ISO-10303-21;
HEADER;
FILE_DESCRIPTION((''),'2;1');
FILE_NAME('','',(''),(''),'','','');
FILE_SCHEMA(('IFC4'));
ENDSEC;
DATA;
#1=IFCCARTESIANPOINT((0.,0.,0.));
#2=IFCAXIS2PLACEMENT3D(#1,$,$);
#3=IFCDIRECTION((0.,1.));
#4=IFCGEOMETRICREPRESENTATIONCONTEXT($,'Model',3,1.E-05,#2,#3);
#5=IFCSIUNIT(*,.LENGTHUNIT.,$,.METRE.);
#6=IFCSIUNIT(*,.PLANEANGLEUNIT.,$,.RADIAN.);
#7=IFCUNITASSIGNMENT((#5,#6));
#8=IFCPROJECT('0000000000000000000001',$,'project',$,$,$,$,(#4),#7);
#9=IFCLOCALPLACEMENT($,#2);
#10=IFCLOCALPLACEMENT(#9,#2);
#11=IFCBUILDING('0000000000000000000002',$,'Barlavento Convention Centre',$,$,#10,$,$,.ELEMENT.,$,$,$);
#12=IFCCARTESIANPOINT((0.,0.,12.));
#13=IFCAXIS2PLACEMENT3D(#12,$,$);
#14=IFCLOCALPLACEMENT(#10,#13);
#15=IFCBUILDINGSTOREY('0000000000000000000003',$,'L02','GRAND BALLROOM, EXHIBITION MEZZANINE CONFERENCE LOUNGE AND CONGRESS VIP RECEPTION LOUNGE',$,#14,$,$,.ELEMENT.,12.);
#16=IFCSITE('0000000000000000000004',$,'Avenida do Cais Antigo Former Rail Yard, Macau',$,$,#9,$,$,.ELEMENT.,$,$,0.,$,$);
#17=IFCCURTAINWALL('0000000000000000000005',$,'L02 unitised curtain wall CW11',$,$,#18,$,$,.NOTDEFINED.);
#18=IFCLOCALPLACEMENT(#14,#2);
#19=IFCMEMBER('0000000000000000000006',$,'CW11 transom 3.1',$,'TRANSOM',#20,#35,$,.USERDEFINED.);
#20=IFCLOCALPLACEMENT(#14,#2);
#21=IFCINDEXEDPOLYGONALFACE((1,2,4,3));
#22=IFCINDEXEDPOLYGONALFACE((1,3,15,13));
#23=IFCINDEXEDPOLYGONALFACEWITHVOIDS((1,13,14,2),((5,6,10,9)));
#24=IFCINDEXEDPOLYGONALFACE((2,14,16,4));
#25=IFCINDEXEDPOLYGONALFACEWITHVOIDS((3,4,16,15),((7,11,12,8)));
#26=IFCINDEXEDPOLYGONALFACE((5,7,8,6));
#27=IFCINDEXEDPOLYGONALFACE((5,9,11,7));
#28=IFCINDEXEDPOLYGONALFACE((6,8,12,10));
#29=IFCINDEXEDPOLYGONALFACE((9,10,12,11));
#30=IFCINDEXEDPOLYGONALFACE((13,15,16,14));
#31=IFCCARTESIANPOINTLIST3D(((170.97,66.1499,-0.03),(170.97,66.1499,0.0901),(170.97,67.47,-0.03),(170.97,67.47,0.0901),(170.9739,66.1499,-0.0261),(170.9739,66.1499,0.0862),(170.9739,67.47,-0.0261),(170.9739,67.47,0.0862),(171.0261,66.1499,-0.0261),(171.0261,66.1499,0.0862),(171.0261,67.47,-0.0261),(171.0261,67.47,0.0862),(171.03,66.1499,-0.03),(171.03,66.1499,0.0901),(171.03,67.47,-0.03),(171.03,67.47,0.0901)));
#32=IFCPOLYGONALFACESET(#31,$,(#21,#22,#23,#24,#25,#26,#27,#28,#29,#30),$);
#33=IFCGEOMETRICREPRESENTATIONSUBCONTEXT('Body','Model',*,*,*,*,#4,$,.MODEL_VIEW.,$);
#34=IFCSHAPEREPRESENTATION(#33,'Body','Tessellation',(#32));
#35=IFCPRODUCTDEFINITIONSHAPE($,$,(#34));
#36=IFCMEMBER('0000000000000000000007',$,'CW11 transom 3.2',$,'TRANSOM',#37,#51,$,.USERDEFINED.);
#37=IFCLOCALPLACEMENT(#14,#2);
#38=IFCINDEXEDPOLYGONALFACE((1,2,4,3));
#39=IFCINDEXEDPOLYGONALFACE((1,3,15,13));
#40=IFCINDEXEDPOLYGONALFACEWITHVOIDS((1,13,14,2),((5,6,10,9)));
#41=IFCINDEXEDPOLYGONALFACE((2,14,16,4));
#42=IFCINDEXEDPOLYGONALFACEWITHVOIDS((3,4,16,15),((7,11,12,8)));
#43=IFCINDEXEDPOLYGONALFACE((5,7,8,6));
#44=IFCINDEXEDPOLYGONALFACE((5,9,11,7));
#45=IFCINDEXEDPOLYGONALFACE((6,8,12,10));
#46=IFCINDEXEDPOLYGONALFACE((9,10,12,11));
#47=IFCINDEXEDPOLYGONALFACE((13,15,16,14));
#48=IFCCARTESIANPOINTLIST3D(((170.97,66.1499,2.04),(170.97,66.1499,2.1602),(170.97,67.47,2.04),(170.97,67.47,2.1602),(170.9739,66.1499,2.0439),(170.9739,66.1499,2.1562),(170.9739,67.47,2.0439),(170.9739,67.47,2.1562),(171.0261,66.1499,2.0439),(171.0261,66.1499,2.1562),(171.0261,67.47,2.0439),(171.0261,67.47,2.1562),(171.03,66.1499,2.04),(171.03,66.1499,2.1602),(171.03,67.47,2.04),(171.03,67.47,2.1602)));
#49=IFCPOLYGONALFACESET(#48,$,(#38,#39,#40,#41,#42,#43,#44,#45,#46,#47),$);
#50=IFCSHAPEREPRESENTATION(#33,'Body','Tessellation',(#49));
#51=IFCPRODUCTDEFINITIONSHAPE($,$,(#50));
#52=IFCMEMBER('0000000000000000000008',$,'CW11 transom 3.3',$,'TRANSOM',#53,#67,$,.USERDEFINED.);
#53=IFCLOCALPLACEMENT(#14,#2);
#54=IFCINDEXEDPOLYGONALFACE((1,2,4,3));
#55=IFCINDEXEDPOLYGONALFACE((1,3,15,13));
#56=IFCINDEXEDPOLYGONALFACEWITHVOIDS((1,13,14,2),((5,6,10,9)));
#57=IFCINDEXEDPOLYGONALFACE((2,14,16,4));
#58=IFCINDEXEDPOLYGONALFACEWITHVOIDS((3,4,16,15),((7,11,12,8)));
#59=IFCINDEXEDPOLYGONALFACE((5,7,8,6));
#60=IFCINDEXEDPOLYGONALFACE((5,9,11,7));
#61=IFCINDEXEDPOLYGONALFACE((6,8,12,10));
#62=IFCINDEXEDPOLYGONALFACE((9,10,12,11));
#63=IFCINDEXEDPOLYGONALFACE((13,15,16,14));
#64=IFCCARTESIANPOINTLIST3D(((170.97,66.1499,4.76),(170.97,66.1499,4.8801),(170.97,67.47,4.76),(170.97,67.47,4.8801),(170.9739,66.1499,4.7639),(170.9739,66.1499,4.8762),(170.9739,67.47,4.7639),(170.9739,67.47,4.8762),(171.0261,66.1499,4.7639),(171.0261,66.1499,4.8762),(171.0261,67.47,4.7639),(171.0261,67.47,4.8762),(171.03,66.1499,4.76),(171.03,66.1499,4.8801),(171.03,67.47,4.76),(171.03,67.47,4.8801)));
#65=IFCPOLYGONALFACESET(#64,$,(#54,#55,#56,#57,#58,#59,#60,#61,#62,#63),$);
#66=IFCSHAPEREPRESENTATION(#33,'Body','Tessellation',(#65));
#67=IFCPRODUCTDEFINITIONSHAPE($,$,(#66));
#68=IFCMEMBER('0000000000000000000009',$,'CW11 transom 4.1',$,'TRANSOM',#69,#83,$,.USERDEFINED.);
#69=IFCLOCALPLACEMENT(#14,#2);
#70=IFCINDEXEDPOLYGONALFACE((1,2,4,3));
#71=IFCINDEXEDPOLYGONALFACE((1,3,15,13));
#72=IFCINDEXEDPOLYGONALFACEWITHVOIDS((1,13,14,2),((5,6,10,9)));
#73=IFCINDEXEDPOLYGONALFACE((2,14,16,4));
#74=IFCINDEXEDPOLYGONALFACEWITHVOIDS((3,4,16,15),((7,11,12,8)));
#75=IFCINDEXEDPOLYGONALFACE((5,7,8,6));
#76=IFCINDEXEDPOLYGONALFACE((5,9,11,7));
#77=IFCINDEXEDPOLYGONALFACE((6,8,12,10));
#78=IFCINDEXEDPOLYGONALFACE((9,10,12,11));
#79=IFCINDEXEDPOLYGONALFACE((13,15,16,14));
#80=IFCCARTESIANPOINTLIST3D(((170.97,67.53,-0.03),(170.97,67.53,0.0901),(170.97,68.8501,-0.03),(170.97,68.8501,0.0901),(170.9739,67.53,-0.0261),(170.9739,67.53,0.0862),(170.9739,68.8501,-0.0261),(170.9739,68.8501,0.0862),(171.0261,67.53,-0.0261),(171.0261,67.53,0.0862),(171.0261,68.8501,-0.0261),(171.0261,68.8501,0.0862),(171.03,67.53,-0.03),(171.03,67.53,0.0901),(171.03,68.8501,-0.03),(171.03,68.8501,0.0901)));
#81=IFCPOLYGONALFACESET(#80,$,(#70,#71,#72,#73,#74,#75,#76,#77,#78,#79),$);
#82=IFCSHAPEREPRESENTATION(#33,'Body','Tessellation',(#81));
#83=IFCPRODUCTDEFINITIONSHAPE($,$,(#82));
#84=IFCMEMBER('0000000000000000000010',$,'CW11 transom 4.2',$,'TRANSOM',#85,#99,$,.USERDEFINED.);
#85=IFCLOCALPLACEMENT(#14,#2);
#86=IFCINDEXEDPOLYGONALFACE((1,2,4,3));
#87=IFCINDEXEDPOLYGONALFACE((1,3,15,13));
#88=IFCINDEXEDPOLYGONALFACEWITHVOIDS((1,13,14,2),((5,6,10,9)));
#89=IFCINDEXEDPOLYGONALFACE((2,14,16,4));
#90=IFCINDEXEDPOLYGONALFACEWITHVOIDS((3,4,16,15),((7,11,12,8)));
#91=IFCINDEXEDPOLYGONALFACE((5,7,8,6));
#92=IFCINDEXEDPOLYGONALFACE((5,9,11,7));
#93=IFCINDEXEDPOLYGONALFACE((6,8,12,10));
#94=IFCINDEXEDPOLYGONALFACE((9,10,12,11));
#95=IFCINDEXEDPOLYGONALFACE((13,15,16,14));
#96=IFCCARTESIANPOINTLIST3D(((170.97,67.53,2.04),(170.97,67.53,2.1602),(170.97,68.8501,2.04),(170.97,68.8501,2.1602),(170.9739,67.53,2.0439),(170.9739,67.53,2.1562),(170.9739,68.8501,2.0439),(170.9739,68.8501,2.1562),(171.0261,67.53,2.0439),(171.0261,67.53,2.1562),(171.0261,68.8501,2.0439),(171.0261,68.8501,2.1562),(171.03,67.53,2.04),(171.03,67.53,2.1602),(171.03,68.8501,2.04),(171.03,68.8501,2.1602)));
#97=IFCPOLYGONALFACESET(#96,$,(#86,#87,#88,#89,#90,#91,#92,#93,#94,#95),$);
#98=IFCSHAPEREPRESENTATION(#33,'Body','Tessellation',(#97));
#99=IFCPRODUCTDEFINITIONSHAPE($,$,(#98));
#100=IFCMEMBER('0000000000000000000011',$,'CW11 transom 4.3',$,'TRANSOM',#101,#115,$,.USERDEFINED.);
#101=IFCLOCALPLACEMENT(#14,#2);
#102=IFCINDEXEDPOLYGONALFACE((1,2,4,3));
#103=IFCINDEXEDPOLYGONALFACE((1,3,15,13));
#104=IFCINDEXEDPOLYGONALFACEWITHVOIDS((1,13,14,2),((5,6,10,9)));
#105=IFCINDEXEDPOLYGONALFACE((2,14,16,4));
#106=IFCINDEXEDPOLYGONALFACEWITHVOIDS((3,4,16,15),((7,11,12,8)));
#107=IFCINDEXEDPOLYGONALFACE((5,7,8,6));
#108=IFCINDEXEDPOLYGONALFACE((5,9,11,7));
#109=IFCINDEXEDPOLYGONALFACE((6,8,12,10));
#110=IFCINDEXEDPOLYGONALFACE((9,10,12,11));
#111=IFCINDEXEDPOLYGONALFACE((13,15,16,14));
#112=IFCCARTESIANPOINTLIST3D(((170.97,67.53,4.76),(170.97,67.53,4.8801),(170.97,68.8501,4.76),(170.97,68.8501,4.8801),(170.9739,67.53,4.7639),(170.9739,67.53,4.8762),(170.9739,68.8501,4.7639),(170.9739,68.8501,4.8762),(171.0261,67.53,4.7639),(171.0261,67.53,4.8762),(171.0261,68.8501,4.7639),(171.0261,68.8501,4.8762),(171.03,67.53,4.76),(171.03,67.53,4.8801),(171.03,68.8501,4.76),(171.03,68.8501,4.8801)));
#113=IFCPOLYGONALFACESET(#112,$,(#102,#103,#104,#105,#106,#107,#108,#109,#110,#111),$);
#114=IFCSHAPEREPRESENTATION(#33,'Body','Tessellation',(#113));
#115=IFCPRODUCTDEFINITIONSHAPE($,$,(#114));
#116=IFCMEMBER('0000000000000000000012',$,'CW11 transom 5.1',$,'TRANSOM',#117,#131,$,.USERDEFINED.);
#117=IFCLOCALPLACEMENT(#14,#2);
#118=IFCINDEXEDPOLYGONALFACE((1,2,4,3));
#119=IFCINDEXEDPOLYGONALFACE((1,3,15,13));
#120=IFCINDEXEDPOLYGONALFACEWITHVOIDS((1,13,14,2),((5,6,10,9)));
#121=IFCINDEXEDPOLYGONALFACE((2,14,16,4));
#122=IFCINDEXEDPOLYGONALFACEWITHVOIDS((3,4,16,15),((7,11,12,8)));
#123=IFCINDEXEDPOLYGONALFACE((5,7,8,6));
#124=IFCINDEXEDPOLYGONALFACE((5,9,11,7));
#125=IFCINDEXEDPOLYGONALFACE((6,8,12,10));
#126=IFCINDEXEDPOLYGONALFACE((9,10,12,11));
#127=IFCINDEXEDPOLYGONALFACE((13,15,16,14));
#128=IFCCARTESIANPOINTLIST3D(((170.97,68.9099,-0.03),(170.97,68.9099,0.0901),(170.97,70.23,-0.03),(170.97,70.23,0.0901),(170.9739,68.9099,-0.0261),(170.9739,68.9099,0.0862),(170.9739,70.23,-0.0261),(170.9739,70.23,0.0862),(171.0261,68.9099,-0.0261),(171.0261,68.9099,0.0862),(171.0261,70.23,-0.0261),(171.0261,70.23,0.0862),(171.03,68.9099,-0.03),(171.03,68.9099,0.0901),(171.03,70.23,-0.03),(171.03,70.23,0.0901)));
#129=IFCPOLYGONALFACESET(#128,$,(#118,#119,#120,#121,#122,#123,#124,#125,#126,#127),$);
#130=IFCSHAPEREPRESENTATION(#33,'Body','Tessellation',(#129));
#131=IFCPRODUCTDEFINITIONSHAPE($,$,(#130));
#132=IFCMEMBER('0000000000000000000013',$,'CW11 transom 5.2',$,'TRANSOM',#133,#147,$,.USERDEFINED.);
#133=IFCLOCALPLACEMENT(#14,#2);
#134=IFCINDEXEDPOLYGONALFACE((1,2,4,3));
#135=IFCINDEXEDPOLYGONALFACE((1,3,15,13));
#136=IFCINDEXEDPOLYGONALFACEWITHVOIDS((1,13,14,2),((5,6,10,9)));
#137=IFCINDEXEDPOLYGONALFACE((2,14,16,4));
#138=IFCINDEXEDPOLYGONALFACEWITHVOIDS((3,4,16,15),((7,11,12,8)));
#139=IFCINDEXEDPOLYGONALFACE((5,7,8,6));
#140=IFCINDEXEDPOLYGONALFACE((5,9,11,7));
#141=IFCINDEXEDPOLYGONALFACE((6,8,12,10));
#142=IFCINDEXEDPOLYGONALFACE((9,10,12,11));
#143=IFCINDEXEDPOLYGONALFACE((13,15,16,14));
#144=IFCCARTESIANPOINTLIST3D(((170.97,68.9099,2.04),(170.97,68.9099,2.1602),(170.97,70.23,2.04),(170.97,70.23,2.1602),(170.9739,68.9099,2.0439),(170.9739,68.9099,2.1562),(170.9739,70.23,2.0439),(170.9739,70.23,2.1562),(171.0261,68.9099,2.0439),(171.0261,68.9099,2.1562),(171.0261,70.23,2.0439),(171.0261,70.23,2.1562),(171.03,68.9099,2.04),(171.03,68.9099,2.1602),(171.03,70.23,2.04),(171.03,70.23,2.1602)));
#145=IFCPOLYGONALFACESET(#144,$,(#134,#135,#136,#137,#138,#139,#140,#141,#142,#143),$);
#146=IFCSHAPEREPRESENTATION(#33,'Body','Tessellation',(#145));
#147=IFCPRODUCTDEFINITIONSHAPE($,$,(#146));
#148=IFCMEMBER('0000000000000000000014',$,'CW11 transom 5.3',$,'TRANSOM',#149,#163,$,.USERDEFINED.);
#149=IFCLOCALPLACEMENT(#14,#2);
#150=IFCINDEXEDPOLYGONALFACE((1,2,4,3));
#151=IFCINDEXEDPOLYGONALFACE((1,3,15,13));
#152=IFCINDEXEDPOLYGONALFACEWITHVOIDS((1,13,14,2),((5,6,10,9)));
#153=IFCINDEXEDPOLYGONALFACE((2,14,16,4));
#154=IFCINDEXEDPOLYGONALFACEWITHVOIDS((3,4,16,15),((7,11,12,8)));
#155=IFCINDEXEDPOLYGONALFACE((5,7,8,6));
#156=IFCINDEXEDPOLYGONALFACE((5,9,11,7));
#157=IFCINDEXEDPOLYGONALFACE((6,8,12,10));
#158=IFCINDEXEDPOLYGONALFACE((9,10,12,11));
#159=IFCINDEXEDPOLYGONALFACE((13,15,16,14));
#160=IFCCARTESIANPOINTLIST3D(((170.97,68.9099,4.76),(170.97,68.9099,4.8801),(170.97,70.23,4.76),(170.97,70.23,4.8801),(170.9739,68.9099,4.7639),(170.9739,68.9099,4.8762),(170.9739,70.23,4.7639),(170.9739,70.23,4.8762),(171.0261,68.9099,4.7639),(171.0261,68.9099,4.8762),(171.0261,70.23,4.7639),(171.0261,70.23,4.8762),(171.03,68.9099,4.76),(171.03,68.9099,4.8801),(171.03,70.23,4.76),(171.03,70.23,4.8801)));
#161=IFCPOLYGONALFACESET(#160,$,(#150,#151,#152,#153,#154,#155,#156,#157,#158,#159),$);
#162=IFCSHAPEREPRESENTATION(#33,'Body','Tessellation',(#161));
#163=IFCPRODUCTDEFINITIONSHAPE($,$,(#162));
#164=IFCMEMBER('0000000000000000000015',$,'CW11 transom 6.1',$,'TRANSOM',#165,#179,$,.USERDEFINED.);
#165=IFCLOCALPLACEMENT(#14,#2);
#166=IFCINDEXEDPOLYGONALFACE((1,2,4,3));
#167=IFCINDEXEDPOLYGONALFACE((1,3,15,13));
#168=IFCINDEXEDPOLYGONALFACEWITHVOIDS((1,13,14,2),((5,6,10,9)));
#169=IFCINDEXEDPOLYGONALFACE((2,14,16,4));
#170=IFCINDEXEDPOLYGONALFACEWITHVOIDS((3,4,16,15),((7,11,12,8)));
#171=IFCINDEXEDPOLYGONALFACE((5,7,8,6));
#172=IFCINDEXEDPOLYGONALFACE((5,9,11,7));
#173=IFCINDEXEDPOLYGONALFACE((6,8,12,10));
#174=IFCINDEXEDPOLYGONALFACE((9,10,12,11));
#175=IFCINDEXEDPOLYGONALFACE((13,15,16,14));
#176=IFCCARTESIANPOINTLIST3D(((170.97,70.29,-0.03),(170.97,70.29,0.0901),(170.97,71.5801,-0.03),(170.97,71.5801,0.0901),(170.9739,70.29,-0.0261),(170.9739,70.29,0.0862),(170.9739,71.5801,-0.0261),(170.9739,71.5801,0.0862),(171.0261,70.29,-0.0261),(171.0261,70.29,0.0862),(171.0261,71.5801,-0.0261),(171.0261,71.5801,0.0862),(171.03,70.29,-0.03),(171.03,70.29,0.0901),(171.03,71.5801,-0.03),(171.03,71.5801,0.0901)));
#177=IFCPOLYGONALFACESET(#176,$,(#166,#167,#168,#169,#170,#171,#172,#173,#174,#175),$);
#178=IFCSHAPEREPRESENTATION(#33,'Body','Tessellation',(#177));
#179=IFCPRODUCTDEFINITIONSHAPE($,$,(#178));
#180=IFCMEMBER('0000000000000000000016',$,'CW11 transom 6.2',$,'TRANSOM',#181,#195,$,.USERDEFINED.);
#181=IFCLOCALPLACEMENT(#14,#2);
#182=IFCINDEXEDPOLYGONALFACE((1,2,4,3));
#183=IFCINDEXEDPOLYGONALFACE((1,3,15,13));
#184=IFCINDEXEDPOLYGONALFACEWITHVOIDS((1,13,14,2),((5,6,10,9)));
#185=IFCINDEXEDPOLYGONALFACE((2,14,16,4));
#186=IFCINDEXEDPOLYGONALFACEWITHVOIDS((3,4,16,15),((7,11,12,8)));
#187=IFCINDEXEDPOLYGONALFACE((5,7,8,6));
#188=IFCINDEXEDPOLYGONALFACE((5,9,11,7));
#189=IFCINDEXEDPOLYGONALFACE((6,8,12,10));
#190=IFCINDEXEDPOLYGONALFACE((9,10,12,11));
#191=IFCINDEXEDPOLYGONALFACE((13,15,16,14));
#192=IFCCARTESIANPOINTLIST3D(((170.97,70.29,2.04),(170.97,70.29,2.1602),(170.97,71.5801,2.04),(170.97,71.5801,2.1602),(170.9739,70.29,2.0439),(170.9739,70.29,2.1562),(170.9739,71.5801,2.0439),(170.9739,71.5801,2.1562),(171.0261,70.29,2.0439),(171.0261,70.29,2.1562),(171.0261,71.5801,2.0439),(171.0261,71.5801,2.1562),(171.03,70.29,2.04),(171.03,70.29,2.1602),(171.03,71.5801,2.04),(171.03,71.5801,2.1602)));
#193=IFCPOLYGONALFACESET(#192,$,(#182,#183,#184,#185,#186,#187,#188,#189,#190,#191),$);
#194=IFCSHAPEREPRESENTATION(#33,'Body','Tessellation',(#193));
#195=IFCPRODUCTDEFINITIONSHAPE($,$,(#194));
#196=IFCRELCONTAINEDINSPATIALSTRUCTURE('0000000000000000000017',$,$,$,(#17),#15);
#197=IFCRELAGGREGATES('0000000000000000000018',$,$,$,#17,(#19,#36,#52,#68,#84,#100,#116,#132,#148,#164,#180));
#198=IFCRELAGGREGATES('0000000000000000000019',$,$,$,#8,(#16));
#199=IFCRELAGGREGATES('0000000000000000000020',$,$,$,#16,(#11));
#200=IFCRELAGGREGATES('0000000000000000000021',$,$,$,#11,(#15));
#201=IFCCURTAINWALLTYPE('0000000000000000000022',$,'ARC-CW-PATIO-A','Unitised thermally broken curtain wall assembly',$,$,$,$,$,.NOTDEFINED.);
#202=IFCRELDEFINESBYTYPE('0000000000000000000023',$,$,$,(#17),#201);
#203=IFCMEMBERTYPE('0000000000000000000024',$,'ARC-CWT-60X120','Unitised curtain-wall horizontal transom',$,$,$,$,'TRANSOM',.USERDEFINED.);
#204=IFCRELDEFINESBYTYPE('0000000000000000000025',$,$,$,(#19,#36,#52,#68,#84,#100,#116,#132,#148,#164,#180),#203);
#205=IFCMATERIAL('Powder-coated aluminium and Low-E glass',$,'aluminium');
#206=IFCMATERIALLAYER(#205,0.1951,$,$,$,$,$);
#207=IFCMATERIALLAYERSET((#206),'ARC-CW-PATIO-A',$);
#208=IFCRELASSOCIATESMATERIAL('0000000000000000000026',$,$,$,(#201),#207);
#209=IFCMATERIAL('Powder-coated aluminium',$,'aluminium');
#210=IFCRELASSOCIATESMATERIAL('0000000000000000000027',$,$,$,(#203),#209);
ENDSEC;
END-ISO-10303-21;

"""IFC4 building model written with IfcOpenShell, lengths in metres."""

from ifc_helpers import new_model, si_unit, direction, frame, origin, origin_2d, place, context, subcontext, project, spatial, hollow_rectangle, extrude, material, layer, layer_set, material_profile, profile_set, type_object, element, aggregate, save


model = new_model("IFC4")

# Units and contexts
model_context = context("Model", 3, precision=1e-05, world=origin(), true_north=direction((0.0, 1.0)))
body_context = subcontext(model_context, "Body", "Model", "MODEL_VIEW")
ifc_project = project(units=[si_unit("LENGTHUNIT", "METRE"), si_unit("PLANEANGLEUNIT", "RADIAN")], contexts=[model_context])

# Site, building, storey
site_placement = place(None, origin())
site = spatial("IfcSite", under=ifc_project, at=site_placement, Name="Avenida do Cais Antigo Former Rail Yard, Macau", CompositionType="ELEMENT", RefElevation=0.0)
building_placement = place(site_placement, origin())
building = spatial("IfcBuilding", under=site, at=building_placement, Name="Barlavento Convention Centre", CompositionType="ELEMENT")
storey_placement = place(building_placement, frame((0.0, 0.0, 12.0)))
storey = spatial("IfcBuildingStorey", under=building, at=storey_placement, Name="L02", Description="GRAND BALLROOM, EXHIBITION MEZZANINE CONFERENCE LOUNGE AND CONGRESS VIP RECEPTION LOUNGE", CompositionType="ELEMENT", Elevation=12.0)

# Curtain wall, members
ifc_material_1 = material(Name="Powder-coated aluminium and Low-E glass", Category="aluminium")
ifc_layer_1 = layer(ifc_material_1, 0.1951)
ifc_layer_set_1 = layer_set([ifc_layer_1], Name="ARC-CW-PATIO-A")
curtain_wall_type = type_object("IfcCurtainWallType", Name="ARC-CW-PATIO-A", Description="Unitised thermally broken curtain wall assembly", PredefinedType="NOTDEFINED", material=ifc_layer_set_1)
curtain_wall_placement = place(storey_placement, origin())
curtain_wall = element("IfcCurtainWall", 1, at=curtain_wall_placement, inside=storey, type_object=curtain_wall_type, Name="L02 unitised curtain wall CW11", PredefinedType="NOTDEFINED")
ifc_material_2 = material(Name="Powder-coated aluminium", Category="aluminium")
ifc_material_profile_1 = material_profile(ifc_material_2, hollow_rectangle(XDim=0.0601, YDim=0.1201, WallThickness=0.0039, at=origin_2d()), Name="AL-TRAN 60x120x4")
ifc_profile_set_1 = profile_set([ifc_material_profile_1], Name="Powder-coated aluminium")
member_type_1 = type_object("IfcMemberType", Name="ARC-CWT-60X120", Description="Unitised curtain-wall horizontal transom", ElementType="TRANSOM", PredefinedType="USERDEFINED", material=ifc_profile_set_1)
member_1_placement = place(storey_placement, frame((171.0, 66.1499, 0.03), z_axis=(0.0, 1.0, 0.0), x_axis=(-1.0, 0.0, 0.0)))
member_1 = element("IfcMember", 2, at=member_1_placement, type_object=member_type_1, Name="CW11 transom 3.1", ObjectType="TRANSOM", PredefinedType="USERDEFINED", context=body_context, shape_type="SweptSolid", body=[
    extrude(hollow_rectangle(XDim=0.0601, YDim=0.1201, WallThickness=0.0039, at=origin_2d()), origin(), (0.0, 0.0, 1.0), 1.3201),
])
member_2_placement = place(storey_placement, frame((171.0, 66.1499, 2.1001), z_axis=(0.0, 1.0, 0.0), x_axis=(-1.0, 0.0, 0.0)))
member_2 = element("IfcMember", 3, at=member_2_placement, type_object=member_type_1, Name="CW11 transom 3.2", ObjectType="TRANSOM", PredefinedType="USERDEFINED", context=body_context, shape_type="SweptSolid", body=[
    extrude(hollow_rectangle(XDim=0.0601, YDim=0.1201, WallThickness=0.0039, at=origin_2d()), origin(), (0.0, 0.0, 1.0), 1.3201),
])
member_3_placement = place(storey_placement, frame((171.0, 66.1499, 4.8201), z_axis=(0.0, 1.0, 0.0), x_axis=(-1.0, 0.0, 0.0)))
member_3 = element("IfcMember", 4, at=member_3_placement, type_object=member_type_1, Name="CW11 transom 3.3", ObjectType="TRANSOM", PredefinedType="USERDEFINED", context=body_context, shape_type="SweptSolid", body=[
    extrude(hollow_rectangle(XDim=0.0601, YDim=0.1201, WallThickness=0.0039, at=origin_2d()), origin(), (0.0, 0.0, 1.0), 1.3201),
])
member_4_placement = place(storey_placement, frame((171.0, 67.53, 0.03), z_axis=(0.0, 1.0, 0.0), x_axis=(-1.0, 0.0, 0.0)))
member_4 = element("IfcMember", 5, at=member_4_placement, type_object=member_type_1, Name="CW11 transom 4.1", ObjectType="TRANSOM", PredefinedType="USERDEFINED", context=body_context, shape_type="SweptSolid", body=[
    extrude(hollow_rectangle(XDim=0.0601, YDim=0.1201, WallThickness=0.0039, at=origin_2d()), origin(), (0.0, 0.0, 1.0), 1.3201),
])
member_5_placement = place(storey_placement, frame((171.0, 67.53, 2.1001), z_axis=(0.0, 1.0, 0.0), x_axis=(-1.0, 0.0, 0.0)))
member_5 = element("IfcMember", 6, at=member_5_placement, type_object=member_type_1, Name="CW11 transom 4.2", ObjectType="TRANSOM", PredefinedType="USERDEFINED", context=body_context, shape_type="SweptSolid", body=[
    extrude(hollow_rectangle(XDim=0.0601, YDim=0.1201, WallThickness=0.0039, at=origin_2d()), origin(), (0.0, 0.0, 1.0), 1.3201),
])
member_6_placement = place(storey_placement, frame((171.0, 67.53, 4.8201), z_axis=(0.0, 1.0, 0.0), x_axis=(-1.0, 0.0, 0.0)))
member_6 = element("IfcMember", 7, at=member_6_placement, type_object=member_type_1, Name="CW11 transom 4.3", ObjectType="TRANSOM", PredefinedType="USERDEFINED", context=body_context, shape_type="SweptSolid", body=[
    extrude(hollow_rectangle(XDim=0.0601, YDim=0.1201, WallThickness=0.0039, at=origin_2d()), origin(), (0.0, 0.0, 1.0), 1.3201),
])
member_7_placement = place(storey_placement, frame((171.0, 68.9099, 0.03), z_axis=(0.0, 1.0, 0.0), x_axis=(-1.0, 0.0, 0.0)))
member_7 = element("IfcMember", 8, at=member_7_placement, type_object=member_type_1, Name="CW11 transom 5.1", ObjectType="TRANSOM", PredefinedType="USERDEFINED", context=body_context, shape_type="SweptSolid", body=[
    extrude(hollow_rectangle(XDim=0.0601, YDim=0.1201, WallThickness=0.0039, at=origin_2d()), origin(), (0.0, 0.0, 1.0), 1.3201),
])
member_8_placement = place(storey_placement, frame((171.0, 68.9099, 2.1001), z_axis=(0.0, 1.0, 0.0), x_axis=(-1.0, 0.0, 0.0)))
member_8 = element("IfcMember", 9, at=member_8_placement, type_object=member_type_1, Name="CW11 transom 5.2", ObjectType="TRANSOM", PredefinedType="USERDEFINED", context=body_context, shape_type="SweptSolid", body=[
    extrude(hollow_rectangle(XDim=0.0601, YDim=0.1201, WallThickness=0.0039, at=origin_2d()), origin(), (0.0, 0.0, 1.0), 1.3201),
])
member_9_placement = place(storey_placement, frame((171.0, 68.9099, 4.8201), z_axis=(0.0, 1.0, 0.0), x_axis=(-1.0, 0.0, 0.0)))
member_9 = element("IfcMember", 10, at=member_9_placement, type_object=member_type_1, Name="CW11 transom 5.3", ObjectType="TRANSOM", PredefinedType="USERDEFINED", context=body_context, shape_type="SweptSolid", body=[
    extrude(hollow_rectangle(XDim=0.0601, YDim=0.1201, WallThickness=0.0039, at=origin_2d()), origin(), (0.0, 0.0, 1.0), 1.3201),
])
member_10_placement = place(storey_placement, frame((171.0, 70.29, 0.03), z_axis=(0.0, 1.0, 0.0), x_axis=(-1.0, 0.0, 0.0)))
member_10 = element("IfcMember", 11, at=member_10_placement, type_object=member_type_1, Name="CW11 transom 6.1", ObjectType="TRANSOM", PredefinedType="USERDEFINED", context=body_context, shape_type="SweptSolid", body=[
    extrude(hollow_rectangle(XDim=0.0601, YDim=0.1201, WallThickness=0.0039, at=origin_2d()), origin(), (0.0, 0.0, 1.0), 1.29),
])
member_11_placement = place(storey_placement, frame((171.0, 70.29, 2.1001), z_axis=(0.0, 1.0, 0.0), x_axis=(-1.0, 0.0, 0.0)))
member_11 = element("IfcMember", 12, at=member_11_placement, type_object=member_type_1, Name="CW11 transom 6.2", ObjectType="TRANSOM", PredefinedType="USERDEFINED", context=body_context, shape_type="SweptSolid", body=[
    extrude(hollow_rectangle(XDim=0.0601, YDim=0.1201, WallThickness=0.0039, at=origin_2d()), origin(), (0.0, 0.0, 1.0), 1.29),
])
aggregate(curtain_wall, [member_1, member_2, member_3, member_4, member_5, member_6, member_7, member_8, member_9, member_10, member_11])

save(model, "model.ifc")
